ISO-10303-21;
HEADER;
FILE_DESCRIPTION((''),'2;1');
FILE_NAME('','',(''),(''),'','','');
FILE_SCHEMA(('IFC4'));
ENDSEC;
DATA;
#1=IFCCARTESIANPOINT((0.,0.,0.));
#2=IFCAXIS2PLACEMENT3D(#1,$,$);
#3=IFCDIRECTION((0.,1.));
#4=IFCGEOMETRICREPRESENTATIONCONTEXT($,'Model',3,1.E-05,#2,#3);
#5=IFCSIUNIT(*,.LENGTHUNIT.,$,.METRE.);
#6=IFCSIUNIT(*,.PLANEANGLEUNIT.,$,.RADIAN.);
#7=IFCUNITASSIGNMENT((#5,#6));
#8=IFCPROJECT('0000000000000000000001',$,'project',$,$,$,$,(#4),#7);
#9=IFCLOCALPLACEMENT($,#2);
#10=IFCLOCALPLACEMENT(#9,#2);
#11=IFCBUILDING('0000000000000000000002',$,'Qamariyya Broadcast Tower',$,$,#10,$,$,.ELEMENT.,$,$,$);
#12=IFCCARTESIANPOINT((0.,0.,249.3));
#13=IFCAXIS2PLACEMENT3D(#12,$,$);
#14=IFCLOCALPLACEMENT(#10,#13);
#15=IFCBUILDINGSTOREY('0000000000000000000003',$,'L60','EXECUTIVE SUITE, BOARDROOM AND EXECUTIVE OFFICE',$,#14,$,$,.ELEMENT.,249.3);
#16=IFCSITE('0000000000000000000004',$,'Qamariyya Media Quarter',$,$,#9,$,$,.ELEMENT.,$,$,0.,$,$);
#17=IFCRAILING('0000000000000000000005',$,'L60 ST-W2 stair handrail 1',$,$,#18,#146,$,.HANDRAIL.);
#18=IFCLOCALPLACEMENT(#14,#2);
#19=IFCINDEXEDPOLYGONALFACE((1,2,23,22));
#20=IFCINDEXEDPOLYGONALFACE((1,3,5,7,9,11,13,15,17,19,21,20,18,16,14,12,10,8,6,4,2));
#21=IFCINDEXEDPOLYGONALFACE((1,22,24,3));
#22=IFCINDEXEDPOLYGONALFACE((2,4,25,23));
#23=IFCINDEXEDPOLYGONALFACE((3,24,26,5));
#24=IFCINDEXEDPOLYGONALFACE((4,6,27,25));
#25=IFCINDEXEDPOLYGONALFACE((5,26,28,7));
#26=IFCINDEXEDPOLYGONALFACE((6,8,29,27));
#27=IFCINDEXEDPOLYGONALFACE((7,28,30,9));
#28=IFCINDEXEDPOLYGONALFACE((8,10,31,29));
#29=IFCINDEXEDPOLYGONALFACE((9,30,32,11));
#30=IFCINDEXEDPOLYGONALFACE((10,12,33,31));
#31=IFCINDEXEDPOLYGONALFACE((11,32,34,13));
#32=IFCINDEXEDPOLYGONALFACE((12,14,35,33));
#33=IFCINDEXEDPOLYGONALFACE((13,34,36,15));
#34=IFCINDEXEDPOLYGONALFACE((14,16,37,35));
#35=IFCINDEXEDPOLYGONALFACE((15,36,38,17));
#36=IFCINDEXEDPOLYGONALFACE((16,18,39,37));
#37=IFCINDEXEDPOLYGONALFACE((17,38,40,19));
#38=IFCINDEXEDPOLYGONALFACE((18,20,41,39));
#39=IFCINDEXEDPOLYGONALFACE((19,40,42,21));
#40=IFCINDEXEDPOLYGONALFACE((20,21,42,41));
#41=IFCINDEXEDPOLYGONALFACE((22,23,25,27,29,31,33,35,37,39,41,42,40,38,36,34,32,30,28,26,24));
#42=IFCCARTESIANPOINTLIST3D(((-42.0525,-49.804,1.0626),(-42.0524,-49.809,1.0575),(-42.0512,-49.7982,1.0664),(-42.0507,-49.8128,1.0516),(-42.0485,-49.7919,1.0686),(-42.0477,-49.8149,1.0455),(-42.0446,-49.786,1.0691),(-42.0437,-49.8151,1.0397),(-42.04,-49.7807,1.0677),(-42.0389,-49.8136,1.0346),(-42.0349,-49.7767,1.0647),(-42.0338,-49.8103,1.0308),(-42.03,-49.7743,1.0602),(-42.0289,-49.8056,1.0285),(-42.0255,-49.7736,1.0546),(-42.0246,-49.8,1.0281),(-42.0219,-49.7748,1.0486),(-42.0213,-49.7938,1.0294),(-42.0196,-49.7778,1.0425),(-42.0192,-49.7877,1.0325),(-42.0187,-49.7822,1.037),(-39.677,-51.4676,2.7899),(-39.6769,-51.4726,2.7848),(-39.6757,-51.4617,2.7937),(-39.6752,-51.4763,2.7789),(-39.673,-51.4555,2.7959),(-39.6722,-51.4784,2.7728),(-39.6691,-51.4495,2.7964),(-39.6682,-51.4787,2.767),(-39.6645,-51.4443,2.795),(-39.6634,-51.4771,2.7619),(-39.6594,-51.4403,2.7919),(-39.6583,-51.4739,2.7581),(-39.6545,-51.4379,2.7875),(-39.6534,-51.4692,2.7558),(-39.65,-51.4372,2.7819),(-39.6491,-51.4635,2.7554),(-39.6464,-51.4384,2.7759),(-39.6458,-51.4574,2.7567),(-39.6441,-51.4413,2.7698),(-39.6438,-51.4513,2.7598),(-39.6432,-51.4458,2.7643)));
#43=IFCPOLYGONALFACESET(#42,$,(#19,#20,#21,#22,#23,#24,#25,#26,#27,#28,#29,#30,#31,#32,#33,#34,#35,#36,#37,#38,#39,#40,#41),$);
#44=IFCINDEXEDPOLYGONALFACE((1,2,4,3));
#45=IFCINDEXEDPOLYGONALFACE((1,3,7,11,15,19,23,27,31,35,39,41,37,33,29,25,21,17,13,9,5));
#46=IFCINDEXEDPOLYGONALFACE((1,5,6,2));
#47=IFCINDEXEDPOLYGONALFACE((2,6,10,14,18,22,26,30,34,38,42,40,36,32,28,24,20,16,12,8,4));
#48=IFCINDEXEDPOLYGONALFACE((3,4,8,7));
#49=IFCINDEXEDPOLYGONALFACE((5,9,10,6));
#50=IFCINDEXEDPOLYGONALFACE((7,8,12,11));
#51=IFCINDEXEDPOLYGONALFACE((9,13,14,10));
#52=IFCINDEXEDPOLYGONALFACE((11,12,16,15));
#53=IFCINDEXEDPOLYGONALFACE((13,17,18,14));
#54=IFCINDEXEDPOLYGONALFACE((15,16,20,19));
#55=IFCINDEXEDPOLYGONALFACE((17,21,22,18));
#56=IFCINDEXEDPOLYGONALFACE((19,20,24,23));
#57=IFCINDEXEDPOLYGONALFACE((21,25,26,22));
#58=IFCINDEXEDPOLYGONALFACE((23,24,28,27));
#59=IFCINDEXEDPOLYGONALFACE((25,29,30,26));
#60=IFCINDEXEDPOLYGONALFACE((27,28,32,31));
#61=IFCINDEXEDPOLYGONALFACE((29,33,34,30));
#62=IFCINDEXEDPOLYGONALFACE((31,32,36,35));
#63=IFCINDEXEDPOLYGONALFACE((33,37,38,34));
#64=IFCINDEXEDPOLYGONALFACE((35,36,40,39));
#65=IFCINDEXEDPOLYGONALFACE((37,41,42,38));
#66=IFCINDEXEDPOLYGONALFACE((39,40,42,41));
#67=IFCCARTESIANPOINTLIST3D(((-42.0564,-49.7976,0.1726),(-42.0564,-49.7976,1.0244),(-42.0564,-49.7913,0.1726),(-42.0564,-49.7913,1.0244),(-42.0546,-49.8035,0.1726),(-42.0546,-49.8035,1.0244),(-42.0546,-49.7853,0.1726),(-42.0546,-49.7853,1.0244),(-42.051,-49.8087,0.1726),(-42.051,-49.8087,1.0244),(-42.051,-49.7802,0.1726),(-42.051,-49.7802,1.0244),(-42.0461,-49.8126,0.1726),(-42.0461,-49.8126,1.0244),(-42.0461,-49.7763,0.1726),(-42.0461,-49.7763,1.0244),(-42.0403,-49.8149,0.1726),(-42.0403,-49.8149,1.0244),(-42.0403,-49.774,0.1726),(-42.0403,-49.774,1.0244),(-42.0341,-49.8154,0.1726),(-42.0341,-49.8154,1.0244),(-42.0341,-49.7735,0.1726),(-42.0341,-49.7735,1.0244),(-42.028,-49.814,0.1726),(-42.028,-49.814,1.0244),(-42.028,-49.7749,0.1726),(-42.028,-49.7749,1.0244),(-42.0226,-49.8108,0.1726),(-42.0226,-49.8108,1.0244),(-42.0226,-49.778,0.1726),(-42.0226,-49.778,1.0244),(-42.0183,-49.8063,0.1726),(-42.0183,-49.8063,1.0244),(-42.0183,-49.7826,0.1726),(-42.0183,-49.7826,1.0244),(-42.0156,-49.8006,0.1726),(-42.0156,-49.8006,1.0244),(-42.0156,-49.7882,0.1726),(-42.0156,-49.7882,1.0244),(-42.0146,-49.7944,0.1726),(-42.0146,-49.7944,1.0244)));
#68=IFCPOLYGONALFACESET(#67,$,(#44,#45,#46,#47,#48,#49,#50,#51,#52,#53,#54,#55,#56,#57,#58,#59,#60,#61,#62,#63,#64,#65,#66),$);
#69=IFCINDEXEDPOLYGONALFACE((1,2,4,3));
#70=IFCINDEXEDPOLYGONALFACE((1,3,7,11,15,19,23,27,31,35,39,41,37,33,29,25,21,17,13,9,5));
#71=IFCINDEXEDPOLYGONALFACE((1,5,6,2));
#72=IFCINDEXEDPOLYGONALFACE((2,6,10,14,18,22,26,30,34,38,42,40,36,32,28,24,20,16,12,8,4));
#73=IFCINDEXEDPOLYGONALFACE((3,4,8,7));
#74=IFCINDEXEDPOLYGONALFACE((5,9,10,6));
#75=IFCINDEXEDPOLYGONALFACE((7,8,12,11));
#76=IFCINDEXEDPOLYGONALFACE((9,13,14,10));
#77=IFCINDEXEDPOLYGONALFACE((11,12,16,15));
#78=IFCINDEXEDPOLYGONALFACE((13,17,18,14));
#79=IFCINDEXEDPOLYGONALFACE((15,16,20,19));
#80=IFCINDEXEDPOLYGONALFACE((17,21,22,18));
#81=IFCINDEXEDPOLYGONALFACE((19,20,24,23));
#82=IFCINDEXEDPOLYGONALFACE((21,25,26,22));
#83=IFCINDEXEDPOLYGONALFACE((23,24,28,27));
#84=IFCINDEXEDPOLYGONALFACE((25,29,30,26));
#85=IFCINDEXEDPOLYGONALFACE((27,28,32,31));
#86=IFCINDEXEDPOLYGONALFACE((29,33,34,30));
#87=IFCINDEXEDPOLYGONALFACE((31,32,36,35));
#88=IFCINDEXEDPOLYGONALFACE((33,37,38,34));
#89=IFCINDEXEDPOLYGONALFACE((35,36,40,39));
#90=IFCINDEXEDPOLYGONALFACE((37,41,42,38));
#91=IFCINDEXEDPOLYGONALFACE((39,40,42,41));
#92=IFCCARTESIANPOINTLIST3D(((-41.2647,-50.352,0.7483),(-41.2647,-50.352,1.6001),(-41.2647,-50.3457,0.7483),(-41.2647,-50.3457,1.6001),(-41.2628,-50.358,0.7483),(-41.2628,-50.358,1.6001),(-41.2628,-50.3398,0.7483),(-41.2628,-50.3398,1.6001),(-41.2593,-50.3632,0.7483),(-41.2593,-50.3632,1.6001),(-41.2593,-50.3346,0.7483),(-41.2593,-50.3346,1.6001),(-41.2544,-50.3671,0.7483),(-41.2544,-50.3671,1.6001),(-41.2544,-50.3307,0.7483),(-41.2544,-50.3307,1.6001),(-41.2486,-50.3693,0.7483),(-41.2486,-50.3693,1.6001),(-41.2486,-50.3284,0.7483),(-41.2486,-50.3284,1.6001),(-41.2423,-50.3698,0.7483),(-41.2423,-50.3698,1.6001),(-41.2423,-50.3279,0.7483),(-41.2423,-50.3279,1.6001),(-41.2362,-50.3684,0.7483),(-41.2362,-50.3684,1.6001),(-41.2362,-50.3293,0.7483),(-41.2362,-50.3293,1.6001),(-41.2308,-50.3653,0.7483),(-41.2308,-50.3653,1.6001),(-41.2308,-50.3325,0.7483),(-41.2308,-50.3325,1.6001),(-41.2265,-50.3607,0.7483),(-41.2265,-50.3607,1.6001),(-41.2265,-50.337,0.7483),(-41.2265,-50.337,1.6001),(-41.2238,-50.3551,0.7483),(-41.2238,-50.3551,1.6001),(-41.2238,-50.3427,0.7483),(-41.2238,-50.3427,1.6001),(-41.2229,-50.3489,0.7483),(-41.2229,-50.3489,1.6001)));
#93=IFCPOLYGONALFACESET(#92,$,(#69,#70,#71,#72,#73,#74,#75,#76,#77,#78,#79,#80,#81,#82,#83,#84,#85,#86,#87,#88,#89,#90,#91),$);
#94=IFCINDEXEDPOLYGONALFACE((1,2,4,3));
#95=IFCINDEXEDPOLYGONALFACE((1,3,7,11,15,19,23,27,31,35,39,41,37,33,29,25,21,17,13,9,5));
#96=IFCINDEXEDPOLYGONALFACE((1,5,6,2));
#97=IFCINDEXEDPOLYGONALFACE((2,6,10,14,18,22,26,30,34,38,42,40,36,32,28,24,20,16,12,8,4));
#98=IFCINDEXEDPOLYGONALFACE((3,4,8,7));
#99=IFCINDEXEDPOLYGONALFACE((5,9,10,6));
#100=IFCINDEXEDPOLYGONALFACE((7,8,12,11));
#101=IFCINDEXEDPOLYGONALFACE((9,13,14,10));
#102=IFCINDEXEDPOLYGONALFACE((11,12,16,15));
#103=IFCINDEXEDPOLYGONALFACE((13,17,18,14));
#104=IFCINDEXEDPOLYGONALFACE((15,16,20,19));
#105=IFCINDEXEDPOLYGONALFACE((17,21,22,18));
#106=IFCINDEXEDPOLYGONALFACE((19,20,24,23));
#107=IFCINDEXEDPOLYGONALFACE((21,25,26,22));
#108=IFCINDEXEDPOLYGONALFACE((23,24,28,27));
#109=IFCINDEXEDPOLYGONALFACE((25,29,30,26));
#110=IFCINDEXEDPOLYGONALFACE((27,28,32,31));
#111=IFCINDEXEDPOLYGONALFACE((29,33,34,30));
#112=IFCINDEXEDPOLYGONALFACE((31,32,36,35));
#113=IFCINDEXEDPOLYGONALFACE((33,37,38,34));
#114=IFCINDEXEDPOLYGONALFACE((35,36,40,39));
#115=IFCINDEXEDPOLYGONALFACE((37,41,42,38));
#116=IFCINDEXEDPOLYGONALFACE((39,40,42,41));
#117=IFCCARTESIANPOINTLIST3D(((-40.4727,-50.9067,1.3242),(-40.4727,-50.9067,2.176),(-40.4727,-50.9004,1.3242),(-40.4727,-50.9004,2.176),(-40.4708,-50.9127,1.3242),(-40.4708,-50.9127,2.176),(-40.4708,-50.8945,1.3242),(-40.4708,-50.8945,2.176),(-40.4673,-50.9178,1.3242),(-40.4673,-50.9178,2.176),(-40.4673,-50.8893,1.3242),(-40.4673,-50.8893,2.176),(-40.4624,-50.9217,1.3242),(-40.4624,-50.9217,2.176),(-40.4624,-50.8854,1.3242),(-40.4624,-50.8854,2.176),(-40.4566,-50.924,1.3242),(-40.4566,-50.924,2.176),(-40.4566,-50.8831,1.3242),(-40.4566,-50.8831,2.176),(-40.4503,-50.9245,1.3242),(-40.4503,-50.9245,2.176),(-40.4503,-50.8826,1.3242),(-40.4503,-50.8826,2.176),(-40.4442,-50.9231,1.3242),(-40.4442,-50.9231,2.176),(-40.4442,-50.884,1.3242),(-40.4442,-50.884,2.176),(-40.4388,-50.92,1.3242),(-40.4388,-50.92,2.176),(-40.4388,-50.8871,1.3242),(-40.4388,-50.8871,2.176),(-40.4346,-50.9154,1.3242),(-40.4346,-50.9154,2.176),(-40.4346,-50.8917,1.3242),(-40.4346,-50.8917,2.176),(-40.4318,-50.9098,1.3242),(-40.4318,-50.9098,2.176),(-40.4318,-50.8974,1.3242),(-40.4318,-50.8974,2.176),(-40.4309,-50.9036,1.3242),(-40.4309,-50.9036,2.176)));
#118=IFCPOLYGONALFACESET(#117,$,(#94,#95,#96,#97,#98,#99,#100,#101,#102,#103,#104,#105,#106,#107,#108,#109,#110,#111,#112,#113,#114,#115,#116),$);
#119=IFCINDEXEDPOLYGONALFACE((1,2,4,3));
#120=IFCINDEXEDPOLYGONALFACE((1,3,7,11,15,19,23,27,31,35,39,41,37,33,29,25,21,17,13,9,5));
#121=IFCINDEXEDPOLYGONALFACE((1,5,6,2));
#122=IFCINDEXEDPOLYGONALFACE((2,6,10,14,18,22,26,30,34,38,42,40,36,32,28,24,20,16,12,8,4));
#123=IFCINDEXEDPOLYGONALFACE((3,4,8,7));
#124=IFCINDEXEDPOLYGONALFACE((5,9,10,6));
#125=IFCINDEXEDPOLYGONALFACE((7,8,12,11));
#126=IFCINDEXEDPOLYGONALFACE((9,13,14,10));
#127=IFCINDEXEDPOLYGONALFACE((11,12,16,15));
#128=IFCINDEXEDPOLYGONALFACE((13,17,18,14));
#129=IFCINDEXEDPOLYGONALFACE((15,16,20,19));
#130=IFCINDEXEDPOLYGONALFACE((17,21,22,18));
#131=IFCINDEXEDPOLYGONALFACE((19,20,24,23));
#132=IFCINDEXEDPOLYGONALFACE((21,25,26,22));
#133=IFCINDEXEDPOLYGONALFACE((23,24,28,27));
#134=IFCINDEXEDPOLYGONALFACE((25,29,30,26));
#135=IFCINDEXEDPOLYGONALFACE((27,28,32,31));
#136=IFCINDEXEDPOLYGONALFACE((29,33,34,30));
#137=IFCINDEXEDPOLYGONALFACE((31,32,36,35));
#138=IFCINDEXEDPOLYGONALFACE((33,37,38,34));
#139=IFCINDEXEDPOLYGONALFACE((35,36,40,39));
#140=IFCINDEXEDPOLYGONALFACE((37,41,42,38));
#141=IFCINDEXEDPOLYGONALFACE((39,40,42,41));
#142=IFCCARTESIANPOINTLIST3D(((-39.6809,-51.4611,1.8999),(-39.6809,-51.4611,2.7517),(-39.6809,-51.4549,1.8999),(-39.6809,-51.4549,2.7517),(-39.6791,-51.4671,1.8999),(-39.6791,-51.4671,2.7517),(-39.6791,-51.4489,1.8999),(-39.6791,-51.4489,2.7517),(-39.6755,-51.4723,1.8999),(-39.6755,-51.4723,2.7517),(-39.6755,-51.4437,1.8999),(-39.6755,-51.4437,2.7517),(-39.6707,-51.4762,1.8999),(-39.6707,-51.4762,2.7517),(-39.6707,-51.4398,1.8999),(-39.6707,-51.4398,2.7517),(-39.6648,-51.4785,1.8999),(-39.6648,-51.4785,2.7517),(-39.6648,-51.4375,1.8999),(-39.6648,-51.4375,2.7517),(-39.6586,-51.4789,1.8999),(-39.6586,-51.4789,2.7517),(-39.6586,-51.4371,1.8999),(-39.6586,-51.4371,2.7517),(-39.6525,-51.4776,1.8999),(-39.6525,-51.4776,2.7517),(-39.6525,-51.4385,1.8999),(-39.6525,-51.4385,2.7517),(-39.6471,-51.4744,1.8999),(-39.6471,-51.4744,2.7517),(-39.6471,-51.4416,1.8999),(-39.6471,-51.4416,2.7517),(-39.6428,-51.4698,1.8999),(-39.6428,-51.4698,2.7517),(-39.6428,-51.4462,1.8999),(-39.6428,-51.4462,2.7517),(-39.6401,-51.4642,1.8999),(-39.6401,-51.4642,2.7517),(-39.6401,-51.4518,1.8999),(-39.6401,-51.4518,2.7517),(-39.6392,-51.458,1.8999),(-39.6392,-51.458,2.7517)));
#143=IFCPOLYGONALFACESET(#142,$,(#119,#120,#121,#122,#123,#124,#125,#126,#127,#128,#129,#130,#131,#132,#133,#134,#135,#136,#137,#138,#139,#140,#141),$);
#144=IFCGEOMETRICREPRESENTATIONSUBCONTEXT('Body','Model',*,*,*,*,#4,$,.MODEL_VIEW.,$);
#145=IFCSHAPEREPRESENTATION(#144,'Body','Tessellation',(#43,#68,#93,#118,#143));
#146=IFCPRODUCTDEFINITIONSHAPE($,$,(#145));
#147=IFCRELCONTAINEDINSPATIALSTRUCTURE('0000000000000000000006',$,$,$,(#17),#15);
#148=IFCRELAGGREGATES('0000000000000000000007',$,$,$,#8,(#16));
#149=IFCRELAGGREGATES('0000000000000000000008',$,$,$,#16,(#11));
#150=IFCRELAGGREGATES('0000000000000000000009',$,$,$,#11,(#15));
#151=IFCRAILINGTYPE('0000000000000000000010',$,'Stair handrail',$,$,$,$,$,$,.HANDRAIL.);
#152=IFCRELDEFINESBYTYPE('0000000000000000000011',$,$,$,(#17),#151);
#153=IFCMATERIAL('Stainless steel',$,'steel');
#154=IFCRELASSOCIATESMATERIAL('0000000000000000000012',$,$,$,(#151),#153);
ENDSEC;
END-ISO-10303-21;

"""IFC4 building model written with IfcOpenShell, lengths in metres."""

from ifc_helpers import new_model, si_unit, direction, frame, origin, origin_2d, place, context, subcontext, project, spatial, circle, extrude, material, type_object, element, save


model = new_model("IFC4")

# Units and contexts
model_context = context("Model", 3, precision=1e-05, world=origin(), true_north=direction((0.0, 1.0)))
body_context = subcontext(model_context, "Body", "Model", "MODEL_VIEW")
ifc_project = project(units=[si_unit("LENGTHUNIT", "METRE"), si_unit("PLANEANGLEUNIT", "RADIAN")], contexts=[model_context])

# Site, building, storey
site_placement = place(None, origin())
site = spatial("IfcSite", under=ifc_project, at=site_placement, Name="Qamariyya Media Quarter", CompositionType="ELEMENT", RefElevation=0.0)
building_placement = place(site_placement, origin())
building = spatial("IfcBuilding", under=site, at=building_placement, Name="Qamariyya Broadcast Tower", CompositionType="ELEMENT")
storey_placement = place(building_placement, frame((0.0, 0.0, 249.3)))
storey = spatial("IfcBuildingStorey", under=building, at=storey_placement, Name="L60", Description="EXECUTIVE SUITE, BOARDROOM AND EXECUTIVE OFFICE", CompositionType="ELEMENT", Elevation=249.3)

# Railing
ifc_material_1 = material(Name="Stainless steel", Category="steel")
railing_type_1 = type_object("IfcRailingType", Name="Stair handrail", PredefinedType="HANDRAIL", material=ifc_material_1)
railing_1_placement = place(storey_placement, frame((-42.0356, -49.7944, 0.1726)))
element("IfcRailing", 1, at=railing_1_placement, inside=storey, type_object=railing_type_1, Name="L60 ST-W2 stair handrail 1", PredefinedType="HANDRAIL", context=body_context, shape_type="SweptSolid", body=[
    extrude(circle(Radius=0.0239, at=origin_2d()), frame((0.0, 0.0, 0.876), z_axis=(0.703745, -0.492838, 0.511716), x_axis=(0.573632, 0.819113, 0.0)), (0.0, 0.0, 1.0), 3.3755),
    extrude(circle(Radius=0.021, at=origin_2d()), origin(), (0.0, 0.0, 1.0), 0.8518),
    extrude(circle(Radius=0.021, at=origin_2d()), frame((0.7917, -0.5544, 0.5757)), (0.0, 0.0, 1.0), 0.8518),
    extrude(circle(Radius=0.021, at=origin_2d()), frame((1.5837, -1.1091, 1.1516)), (0.0, 0.0, 1.0), 0.8518),
    extrude(circle(Radius=0.021, at=origin_2d()), frame((2.3755, -1.6636, 1.7273)), (0.0, 0.0, 1.0), 0.8518),
])

save(model, "model.ifc")
